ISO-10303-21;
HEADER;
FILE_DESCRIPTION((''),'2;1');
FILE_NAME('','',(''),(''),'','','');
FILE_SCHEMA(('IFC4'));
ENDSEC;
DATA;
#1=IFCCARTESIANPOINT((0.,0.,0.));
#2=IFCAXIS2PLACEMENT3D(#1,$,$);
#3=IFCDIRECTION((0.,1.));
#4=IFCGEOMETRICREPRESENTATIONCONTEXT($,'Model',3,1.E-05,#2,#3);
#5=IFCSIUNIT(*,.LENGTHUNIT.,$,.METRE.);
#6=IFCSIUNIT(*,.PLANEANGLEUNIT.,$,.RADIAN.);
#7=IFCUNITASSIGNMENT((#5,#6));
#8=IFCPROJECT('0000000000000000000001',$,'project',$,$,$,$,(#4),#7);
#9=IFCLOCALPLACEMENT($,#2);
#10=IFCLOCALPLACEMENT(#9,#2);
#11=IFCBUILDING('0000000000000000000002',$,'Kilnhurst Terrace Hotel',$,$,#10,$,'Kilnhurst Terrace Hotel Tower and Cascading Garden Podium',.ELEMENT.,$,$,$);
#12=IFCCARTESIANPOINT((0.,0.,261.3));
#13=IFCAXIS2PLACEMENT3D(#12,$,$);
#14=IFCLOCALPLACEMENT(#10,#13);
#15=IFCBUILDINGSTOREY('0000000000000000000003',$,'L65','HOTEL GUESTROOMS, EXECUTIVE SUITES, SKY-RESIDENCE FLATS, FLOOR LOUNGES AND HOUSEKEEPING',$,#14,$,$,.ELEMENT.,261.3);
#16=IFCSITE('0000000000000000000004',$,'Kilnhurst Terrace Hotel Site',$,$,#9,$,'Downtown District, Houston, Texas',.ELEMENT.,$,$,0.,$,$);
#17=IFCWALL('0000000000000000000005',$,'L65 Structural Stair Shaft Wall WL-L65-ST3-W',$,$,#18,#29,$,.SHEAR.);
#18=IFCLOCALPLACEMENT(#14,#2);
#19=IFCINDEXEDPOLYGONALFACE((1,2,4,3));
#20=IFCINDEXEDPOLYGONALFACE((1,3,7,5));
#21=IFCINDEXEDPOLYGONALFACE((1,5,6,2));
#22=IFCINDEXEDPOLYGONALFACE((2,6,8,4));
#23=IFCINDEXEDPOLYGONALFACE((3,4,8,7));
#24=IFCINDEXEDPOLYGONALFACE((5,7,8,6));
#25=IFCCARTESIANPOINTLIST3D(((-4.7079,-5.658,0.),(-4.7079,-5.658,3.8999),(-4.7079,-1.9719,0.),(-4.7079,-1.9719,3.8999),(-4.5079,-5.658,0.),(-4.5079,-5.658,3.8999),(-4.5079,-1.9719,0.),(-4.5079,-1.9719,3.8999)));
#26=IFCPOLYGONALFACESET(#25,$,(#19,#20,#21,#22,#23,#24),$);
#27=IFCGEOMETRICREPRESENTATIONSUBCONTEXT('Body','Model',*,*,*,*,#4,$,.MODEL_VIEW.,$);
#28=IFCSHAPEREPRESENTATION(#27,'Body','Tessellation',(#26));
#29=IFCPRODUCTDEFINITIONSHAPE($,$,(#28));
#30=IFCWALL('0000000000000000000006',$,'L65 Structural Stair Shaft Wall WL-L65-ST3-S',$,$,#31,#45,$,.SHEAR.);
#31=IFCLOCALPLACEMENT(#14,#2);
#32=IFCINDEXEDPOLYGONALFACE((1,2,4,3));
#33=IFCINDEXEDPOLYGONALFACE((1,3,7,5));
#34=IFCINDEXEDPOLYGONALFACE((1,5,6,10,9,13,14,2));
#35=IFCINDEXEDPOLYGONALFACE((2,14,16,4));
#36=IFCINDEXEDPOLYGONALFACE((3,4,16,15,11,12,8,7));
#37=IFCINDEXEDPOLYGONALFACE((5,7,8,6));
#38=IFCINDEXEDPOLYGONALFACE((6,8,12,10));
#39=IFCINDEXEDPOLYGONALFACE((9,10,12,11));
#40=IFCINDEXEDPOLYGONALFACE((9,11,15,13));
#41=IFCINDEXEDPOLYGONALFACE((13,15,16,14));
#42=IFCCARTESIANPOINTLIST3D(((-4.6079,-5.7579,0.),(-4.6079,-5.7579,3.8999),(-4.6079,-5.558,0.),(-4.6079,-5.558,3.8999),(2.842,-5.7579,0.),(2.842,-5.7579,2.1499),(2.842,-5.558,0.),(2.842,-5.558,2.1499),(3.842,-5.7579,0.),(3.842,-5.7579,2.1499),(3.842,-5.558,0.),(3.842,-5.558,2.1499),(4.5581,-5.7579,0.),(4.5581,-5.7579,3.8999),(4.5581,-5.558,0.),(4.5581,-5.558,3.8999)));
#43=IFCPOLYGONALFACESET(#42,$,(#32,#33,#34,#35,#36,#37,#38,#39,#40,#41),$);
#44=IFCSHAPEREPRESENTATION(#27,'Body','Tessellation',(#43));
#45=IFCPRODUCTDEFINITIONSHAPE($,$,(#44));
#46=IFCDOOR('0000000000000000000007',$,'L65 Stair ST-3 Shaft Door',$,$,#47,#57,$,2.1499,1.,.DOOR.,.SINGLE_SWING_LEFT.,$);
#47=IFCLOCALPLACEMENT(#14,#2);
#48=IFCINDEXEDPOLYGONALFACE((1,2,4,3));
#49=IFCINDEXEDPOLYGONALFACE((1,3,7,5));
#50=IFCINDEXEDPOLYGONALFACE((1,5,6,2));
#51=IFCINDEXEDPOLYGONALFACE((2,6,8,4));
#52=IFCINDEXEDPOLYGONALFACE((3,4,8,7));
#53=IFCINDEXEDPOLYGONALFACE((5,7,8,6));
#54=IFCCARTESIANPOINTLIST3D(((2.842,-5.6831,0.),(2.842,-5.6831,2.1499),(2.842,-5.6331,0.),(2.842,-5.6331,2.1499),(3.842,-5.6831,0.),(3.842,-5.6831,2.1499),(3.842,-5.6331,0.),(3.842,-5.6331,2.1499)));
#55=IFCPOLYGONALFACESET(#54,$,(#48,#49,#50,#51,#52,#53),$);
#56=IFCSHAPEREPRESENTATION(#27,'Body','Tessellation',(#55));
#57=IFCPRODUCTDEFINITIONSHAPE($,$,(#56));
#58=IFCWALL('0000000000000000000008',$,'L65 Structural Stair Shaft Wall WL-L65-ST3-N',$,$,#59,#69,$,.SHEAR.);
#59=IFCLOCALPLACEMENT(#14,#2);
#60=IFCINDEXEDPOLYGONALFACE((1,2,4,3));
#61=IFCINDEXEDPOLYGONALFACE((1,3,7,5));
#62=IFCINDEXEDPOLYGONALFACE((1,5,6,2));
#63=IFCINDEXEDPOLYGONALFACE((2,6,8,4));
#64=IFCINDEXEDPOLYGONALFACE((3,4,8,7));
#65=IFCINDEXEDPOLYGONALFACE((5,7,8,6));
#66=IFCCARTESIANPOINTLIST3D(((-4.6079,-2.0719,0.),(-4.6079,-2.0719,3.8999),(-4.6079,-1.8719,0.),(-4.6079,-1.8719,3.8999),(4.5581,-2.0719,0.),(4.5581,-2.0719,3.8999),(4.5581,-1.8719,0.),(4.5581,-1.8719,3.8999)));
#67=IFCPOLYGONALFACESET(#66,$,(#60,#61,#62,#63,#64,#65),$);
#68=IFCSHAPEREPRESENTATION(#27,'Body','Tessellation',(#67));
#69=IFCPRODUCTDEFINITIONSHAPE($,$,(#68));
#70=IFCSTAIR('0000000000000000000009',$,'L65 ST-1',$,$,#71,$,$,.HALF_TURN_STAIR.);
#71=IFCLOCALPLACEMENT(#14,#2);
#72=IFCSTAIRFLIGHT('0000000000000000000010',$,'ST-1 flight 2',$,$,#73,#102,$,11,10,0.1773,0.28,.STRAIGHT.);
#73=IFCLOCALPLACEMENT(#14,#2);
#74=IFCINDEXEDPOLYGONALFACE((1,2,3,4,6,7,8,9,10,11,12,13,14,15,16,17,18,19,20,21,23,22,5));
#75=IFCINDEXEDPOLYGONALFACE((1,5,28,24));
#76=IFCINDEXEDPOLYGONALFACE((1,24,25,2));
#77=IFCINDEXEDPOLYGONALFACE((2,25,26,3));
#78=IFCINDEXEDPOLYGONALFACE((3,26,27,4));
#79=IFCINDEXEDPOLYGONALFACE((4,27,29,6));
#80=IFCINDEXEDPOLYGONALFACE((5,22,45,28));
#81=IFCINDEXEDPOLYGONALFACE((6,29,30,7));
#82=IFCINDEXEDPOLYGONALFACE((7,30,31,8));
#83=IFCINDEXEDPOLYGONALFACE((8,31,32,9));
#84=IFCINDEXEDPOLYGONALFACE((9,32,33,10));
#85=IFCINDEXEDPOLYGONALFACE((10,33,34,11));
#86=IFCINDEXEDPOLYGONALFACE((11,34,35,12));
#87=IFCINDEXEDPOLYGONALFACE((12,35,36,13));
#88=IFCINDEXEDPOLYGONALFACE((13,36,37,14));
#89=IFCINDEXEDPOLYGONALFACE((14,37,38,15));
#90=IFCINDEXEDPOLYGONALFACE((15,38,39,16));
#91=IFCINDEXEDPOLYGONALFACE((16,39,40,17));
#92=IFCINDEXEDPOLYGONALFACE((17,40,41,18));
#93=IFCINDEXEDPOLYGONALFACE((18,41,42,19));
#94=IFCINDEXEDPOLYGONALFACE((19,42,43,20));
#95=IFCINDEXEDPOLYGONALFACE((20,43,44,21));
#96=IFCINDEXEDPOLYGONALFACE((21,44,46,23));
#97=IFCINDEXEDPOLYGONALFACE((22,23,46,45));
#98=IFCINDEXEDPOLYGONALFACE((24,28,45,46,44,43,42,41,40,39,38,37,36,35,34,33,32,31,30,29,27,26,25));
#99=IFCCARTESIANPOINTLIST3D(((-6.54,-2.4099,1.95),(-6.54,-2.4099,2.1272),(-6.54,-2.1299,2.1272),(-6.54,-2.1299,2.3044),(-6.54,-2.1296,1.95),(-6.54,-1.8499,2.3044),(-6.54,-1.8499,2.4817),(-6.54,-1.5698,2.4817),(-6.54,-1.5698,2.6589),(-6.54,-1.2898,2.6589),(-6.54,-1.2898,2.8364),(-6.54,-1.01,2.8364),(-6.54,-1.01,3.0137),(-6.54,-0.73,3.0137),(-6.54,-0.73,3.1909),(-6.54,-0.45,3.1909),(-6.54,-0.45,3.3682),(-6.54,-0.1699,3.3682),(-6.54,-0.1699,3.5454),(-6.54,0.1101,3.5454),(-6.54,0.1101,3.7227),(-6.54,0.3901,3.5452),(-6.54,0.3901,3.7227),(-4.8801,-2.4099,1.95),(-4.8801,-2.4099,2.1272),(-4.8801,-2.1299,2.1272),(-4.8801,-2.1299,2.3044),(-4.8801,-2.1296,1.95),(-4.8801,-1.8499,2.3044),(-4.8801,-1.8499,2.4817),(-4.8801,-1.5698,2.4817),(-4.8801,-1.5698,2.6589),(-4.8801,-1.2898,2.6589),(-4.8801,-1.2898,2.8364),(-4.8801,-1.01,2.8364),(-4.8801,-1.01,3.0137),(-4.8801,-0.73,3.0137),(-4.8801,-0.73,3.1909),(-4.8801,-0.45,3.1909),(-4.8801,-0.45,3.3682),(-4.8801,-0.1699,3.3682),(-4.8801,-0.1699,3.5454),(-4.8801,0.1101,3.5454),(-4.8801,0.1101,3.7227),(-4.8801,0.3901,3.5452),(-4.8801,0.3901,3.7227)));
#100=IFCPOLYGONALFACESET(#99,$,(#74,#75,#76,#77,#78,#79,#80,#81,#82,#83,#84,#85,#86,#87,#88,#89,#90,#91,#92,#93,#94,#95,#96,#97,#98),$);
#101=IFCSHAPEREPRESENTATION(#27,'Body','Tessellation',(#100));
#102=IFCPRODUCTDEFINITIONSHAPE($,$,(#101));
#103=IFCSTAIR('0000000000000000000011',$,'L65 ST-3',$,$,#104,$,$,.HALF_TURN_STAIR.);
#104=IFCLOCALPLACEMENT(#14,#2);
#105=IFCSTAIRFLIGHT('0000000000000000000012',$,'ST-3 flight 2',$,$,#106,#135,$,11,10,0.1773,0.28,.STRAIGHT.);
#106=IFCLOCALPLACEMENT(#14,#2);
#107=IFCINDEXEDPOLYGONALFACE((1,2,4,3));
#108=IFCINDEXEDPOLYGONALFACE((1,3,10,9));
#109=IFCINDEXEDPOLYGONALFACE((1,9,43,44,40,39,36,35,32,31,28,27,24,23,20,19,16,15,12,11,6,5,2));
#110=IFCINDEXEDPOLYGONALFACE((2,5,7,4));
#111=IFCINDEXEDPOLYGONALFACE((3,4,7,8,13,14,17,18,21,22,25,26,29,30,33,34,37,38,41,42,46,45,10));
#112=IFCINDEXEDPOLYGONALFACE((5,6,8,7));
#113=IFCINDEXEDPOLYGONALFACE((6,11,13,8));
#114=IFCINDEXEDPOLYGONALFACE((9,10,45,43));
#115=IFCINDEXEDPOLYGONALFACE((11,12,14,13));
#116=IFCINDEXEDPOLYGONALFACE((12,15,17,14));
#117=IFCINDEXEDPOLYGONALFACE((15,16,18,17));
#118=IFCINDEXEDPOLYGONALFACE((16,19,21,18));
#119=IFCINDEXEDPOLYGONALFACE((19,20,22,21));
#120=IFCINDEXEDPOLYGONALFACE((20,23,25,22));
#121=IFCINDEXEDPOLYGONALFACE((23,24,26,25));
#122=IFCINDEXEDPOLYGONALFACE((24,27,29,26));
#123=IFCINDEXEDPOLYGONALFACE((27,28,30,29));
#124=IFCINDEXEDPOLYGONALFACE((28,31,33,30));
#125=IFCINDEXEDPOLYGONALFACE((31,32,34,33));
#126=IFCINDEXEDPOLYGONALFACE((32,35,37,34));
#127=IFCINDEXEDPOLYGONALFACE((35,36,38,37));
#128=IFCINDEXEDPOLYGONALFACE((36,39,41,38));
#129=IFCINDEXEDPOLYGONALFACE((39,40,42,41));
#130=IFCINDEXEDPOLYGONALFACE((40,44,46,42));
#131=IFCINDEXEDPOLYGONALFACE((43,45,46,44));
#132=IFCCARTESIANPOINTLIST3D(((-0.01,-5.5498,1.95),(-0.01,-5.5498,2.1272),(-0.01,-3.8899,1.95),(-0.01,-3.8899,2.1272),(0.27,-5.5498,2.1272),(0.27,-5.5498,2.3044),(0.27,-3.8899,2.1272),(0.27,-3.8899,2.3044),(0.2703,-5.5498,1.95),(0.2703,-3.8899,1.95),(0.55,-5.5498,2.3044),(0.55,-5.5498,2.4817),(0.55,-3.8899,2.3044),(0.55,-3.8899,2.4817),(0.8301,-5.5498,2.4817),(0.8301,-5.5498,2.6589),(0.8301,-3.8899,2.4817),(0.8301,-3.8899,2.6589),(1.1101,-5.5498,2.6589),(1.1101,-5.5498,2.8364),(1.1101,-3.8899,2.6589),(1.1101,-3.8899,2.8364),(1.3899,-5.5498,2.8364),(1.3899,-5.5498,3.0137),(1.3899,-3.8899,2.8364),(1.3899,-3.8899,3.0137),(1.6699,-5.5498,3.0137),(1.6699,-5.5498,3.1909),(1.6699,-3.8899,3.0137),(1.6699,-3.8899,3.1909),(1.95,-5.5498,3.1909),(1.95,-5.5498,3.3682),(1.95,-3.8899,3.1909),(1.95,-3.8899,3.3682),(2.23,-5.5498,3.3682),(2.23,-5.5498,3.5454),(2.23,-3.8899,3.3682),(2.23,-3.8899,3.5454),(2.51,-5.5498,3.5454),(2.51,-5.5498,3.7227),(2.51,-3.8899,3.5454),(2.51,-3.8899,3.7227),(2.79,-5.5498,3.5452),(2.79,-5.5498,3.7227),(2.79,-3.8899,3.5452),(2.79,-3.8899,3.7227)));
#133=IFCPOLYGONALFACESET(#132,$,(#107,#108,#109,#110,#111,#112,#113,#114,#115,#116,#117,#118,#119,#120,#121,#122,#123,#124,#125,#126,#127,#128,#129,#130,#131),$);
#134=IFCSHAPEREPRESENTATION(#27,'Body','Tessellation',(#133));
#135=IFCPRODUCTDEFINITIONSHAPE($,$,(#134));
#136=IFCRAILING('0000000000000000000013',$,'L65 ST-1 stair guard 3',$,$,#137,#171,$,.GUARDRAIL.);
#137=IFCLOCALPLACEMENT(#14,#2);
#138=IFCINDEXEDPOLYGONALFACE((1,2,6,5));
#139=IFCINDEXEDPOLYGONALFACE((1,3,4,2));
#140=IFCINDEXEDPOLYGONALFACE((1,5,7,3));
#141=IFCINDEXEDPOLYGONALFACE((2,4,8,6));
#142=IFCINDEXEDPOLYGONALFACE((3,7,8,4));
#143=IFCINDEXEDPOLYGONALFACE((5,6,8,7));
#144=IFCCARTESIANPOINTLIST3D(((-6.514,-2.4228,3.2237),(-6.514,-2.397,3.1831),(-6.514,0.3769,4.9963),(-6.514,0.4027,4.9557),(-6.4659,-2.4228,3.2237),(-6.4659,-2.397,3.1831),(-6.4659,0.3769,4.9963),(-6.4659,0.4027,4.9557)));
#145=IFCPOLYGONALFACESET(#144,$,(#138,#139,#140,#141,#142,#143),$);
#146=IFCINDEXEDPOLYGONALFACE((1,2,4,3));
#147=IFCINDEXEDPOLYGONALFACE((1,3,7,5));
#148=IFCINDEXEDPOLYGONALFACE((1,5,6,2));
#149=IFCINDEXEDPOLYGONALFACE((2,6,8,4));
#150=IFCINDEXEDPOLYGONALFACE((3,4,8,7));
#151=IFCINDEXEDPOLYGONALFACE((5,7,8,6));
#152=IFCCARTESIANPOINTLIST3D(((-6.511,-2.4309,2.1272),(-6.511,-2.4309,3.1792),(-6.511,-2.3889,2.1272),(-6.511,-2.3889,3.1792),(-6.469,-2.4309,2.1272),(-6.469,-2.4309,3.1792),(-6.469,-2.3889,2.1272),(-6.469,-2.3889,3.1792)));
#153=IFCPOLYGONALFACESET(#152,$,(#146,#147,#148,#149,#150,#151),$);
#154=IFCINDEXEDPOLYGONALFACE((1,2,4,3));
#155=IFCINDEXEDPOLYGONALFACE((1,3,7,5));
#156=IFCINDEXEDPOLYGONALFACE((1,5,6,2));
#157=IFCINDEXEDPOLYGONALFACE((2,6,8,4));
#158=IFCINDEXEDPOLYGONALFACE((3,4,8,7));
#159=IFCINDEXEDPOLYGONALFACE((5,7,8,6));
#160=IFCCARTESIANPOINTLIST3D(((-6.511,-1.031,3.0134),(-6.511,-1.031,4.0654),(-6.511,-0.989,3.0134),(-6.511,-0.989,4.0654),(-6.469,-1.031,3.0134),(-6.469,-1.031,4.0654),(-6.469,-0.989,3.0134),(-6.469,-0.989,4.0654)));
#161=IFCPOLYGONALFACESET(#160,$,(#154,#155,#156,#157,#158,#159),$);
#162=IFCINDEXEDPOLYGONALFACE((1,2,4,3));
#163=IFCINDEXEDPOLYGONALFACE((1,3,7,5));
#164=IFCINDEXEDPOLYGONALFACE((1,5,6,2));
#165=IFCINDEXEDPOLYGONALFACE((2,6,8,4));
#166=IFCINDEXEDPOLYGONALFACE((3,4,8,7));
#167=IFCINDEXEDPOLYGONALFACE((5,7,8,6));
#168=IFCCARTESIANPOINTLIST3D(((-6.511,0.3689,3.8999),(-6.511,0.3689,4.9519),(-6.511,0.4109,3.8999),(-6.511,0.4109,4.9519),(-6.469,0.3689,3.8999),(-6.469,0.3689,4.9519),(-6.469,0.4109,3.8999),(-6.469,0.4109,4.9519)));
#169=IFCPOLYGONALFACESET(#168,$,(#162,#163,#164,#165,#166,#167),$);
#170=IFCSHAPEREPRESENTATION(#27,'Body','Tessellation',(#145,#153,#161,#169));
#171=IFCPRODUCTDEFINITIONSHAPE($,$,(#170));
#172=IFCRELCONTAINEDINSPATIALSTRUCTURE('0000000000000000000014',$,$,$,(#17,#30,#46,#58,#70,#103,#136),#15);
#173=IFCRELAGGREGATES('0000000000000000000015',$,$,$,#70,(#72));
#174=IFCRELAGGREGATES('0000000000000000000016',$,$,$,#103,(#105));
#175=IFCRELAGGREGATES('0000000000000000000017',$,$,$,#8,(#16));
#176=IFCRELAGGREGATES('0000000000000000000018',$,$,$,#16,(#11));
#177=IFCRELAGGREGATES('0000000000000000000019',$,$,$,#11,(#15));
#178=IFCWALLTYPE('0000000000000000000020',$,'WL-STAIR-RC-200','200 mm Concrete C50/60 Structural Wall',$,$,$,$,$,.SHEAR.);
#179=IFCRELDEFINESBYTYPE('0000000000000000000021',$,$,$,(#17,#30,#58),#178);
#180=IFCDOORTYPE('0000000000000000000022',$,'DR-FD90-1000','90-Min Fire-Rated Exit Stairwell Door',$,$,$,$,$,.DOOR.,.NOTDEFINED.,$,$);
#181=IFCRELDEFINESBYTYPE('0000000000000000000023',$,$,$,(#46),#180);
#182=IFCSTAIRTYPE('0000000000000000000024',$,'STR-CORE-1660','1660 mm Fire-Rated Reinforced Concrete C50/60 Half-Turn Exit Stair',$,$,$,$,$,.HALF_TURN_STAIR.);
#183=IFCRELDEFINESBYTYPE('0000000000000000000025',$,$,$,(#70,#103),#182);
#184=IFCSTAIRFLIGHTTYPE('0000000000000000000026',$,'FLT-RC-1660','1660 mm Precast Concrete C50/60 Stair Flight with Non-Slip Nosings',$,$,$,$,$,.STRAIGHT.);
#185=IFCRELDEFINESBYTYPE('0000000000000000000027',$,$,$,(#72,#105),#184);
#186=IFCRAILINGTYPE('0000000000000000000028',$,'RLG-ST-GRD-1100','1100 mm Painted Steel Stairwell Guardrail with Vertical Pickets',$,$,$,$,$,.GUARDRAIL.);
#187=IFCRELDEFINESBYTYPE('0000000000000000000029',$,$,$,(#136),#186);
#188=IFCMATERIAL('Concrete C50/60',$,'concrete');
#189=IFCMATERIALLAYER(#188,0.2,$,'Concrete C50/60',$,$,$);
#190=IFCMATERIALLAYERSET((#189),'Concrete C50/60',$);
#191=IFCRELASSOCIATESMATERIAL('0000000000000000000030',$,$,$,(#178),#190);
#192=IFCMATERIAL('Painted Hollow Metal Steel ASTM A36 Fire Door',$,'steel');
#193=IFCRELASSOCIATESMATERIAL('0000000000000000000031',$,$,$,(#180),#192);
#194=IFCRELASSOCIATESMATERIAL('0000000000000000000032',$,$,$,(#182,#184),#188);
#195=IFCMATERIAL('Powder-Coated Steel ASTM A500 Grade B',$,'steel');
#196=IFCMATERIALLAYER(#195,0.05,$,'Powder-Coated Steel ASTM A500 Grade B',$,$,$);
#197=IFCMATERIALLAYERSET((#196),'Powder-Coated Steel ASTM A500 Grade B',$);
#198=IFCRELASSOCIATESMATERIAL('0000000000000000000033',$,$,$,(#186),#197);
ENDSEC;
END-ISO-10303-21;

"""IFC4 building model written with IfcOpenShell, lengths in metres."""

from ifc_helpers import new_model, si_unit, direction, frame, frame_2d, origin, origin_2d, place, context, subcontext, project, spatial, polyline, rectangle, outline, extrude, material, layer, layer_set, type_object, element, fill, aggregate, save


model = new_model("IFC4")

# Units and contexts
model_context = context("Model", 3, precision=1e-05, world=origin(), true_north=direction((0.0, 1.0)))
body_context = subcontext(model_context, "Body", "Model", "MODEL_VIEW")
ifc_project = project(units=[si_unit("LENGTHUNIT", "METRE"), si_unit("PLANEANGLEUNIT", "RADIAN")], contexts=[model_context])

# Site, building, storey
site_placement = place(None, origin())
site = spatial("IfcSite", under=ifc_project, at=site_placement, Name="Kilnhurst Terrace Hotel Site", LongName="Downtown District, Houston, Texas", CompositionType="ELEMENT", RefElevation=0.0)
building_placement = place(site_placement, origin())
building = spatial("IfcBuilding", under=site, at=building_placement, Name="Kilnhurst Terrace Hotel", LongName="Kilnhurst Terrace Hotel Tower and Cascading Garden Podium", CompositionType="ELEMENT")
storey_placement = place(building_placement, frame((0.0, 0.0, 261.3)))
storey = spatial("IfcBuildingStorey", under=building, at=storey_placement, Name="L65", Description="HOTEL GUESTROOMS, EXECUTIVE SUITES, SKY-RESIDENCE FLATS, FLOOR LOUNGES AND HOUSEKEEPING", CompositionType="ELEMENT", Elevation=261.3)

# Wall
ifc_material_1 = material(Name="Concrete C50/60", Category="concrete")
ifc_layer_1 = layer(ifc_material_1, 0.2, Name="Concrete C50/60")
ifc_layer_set_1 = layer_set([ifc_layer_1], Name="Concrete C50/60")
wall_type_1 = type_object("IfcWallType", Name="WL-STAIR-RC-200", Description="200 mm Concrete C50/60 Structural Wall", PredefinedType="SHEAR", material=ifc_layer_set_1)
wall_1_placement = place(storey_placement, frame((-4.6079, -5.658, 0.0), z_axis=(0.0, 0.0, 1.0), x_axis=(0.0, 1.0, 0.0)))
element("IfcWall", 1, at=wall_1_placement, inside=storey, type_object=wall_type_1, Name="L65 Structural Stair Shaft Wall WL-L65-ST3-W", PredefinedType="SHEAR", context=body_context, shape_type="SweptSolid", body=[
    extrude(rectangle(XDim=3.686, YDim=0.2, at=frame_2d((1.843, 0.0))), origin(), (0.0, 0.0, 1.0), 3.8999),
])

# Wall, opening, door
wall_2_placement = place(storey_placement, frame((-4.6079, -5.658, 0.0), z_axis=(0.0, 0.0, 1.0), x_axis=(1.0, 0.0, 0.0)))
wall_2 = element("IfcWall", 2, at=wall_2_placement, inside=storey, type_object=wall_type_1, Name="L65 Structural Stair Shaft Wall WL-L65-ST3-S", PredefinedType="SHEAR", context=body_context, shape_type="SweptSolid", body=[
    extrude(rectangle(XDim=9.166, YDim=0.2, at=frame_2d((4.583, 0.0))), origin(), (0.0, 0.0, 1.0), 3.8999),
])
opening_1_placement = place(wall_2_placement, frame((7.45, 0.0, 0.0)))
opening_1 = element("IfcOpeningElement", 3, at=opening_1_placement, cuts=wall_2, PredefinedType="OPENING", context=body_context, shape_type="SweptSolid", body=[
    extrude(rectangle(XDim=1.0, YDim=2.1499, at=frame_2d((0.5, 1.075))), frame((0.0, 0.1099, 0.0), z_axis=(0.0, -1.0, 0.0), x_axis=(1.0, 0.0, 0.0)), (0.0, 0.0, 1.0), 0.22),
])
ifc_material_2 = material(Name="Painted Hollow Metal Steel ASTM A36 Fire Door", Category="steel")
door_type_1 = type_object("IfcDoorType", Name="DR-FD90-1000", Description="90-Min Fire-Rated Exit Stairwell Door", OperationType="NOTDEFINED", PredefinedType="DOOR", material=ifc_material_2)
door_1_placement = place(opening_1_placement, origin())
door_1 = element("IfcDoor", 4, at=door_1_placement, inside=storey, type_object=door_type_1, Name="L65 Stair ST-3 Shaft Door", OperationType="SINGLE_SWING_LEFT", OverallHeight=2.1499, OverallWidth=1.0, PredefinedType="DOOR", context=body_context, shape_type="SweptSolid", body=[
    extrude(rectangle(XDim=1.0, YDim=2.1499, at=frame_2d((0.5, 1.075))), frame((0.0, 0.0249, 0.0), z_axis=(0.0, -1.0, 0.0), x_axis=(1.0, 0.0, 0.0)), (0.0, 0.0, 1.0), 0.05),
])
fill(opening_1, door_1)

# Wall
wall_3_placement = place(storey_placement, frame((-4.6079, -1.9719, 0.0), z_axis=(0.0, 0.0, 1.0), x_axis=(1.0, 0.0, 0.0)))
element("IfcWall", 5, at=wall_3_placement, inside=storey, type_object=wall_type_1, Name="L65 Structural Stair Shaft Wall WL-L65-ST3-N", PredefinedType="SHEAR", context=body_context, shape_type="SweptSolid", body=[
    extrude(rectangle(XDim=9.166, YDim=0.2, at=frame_2d((4.583, 0.0))), origin(), (0.0, 0.0, 1.0), 3.8999),
])

# Stairs, stair flights
stair_type = type_object("IfcStairType", Name="STR-CORE-1660", Description="1660 mm Fire-Rated Reinforced Concrete C50/60 Half-Turn Exit Stair", PredefinedType="HALF_TURN_STAIR", material=ifc_material_1)
stair_1_placement = place(storey_placement, origin())
stair_1 = element("IfcStair", 6, at=stair_1_placement, inside=storey, type_object=stair_type, Name="L65 ST-1", PredefinedType="HALF_TURN_STAIR")
stair_flight_type = type_object("IfcStairFlightType", Name="FLT-RC-1660", Description="1660 mm Precast Concrete C50/60 Stair Flight with Non-Slip Nosings", PredefinedType="STRAIGHT", material=ifc_material_1)
stair_flight_1_placement = place(storey_placement, frame((-5.71, -2.4099, 1.95), z_axis=(0.0, 0.0, 1.0), x_axis=(0.0, 1.0, 0.0)))
stair_flight_1 = element("IfcStairFlight", 7, at=stair_flight_1_placement, type_object=stair_flight_type, Name="ST-1 flight 2", NumberOfRisers=11, NumberOfTreads=10, PredefinedType="STRAIGHT", RiserHeight=0.1773, TreadLength=0.28, context=body_context, shape_type="SweptSolid", body=[
    extrude(outline(polyline([(0.0, 0.0), (0.0, 0.1772), (0.28, 0.1772), (0.28, 0.3545), (0.5601, 0.3545), (0.5601, 0.5317), (0.8401, 0.5317), (0.8401, 0.709), (1.1201, 0.709), (1.1201, 0.8865), (1.3999, 0.8865), (1.3999, 1.0637), (1.6799, 1.0637), (1.6799, 1.241), (1.96, 1.241), (1.96, 1.4182), (2.24, 1.4182), (2.24, 1.5955), (2.52, 1.5955), (2.52, 1.7727), (2.8, 1.7727), (2.8, 1.95), (2.8, 1.5952), (0.2803, 0.0), (0.0, 0.0)])), frame((0.0, 0.8301, 0.0), z_axis=(0.0, -1.0, 0.0), x_axis=(1.0, 0.0, 0.0)), (0.0, 0.0, 1.0), 1.6599),
])
aggregate(stair_1, [stair_flight_1])
stair_2_placement = place(storey_placement, origin())
stair_2 = element("IfcStair", 8, at=stair_2_placement, inside=storey, type_object=stair_type, Name="L65 ST-3", PredefinedType="HALF_TURN_STAIR")
stair_flight_2_placement = place(storey_placement, frame((-0.01, -4.72, 1.95), z_axis=(0.0, 0.0, 1.0), x_axis=(1.0, 0.0, 0.0)))
stair_flight_2 = element("IfcStairFlight", 9, at=stair_flight_2_placement, type_object=stair_flight_type, Name="ST-3 flight 2", NumberOfRisers=11, NumberOfTreads=10, PredefinedType="STRAIGHT", RiserHeight=0.1773, TreadLength=0.28, context=body_context, shape_type="SweptSolid", body=[
    extrude(outline(polyline([(0.0, 0.0), (0.0, 0.1772), (0.28, 0.1772), (0.28, 0.3545), (0.5601, 0.3545), (0.5601, 0.5317), (0.8401, 0.5317), (0.8401, 0.709), (1.1201, 0.709), (1.1201, 0.8865), (1.3999, 0.8865), (1.3999, 1.0637), (1.6799, 1.0637), (1.6799, 1.241), (1.96, 1.241), (1.96, 1.4182), (2.24, 1.4182), (2.24, 1.5955), (2.52, 1.5955), (2.52, 1.7727), (2.8, 1.7727), (2.8, 1.95), (2.8, 1.5952), (0.2803, 0.0), (0.0, 0.0)])), frame((0.0, 0.8301, 0.0), z_axis=(0.0, -1.0, 0.0), x_axis=(1.0, 0.0, 0.0)), (0.0, 0.0, 1.0), 1.6599),
])
aggregate(stair_2, [stair_flight_2])

# Railing
ifc_material_3 = material(Name="Powder-Coated Steel ASTM A500 Grade B", Category="steel")
ifc_layer_2 = layer(ifc_material_3, 0.05, Name="Powder-Coated Steel ASTM A500 Grade B")
ifc_layer_set_2 = layer_set([ifc_layer_2], Name="Powder-Coated Steel ASTM A500 Grade B")
railing_type_1 = type_object("IfcRailingType", Name="RLG-ST-GRD-1100", Description="1100 mm Painted Steel Stairwell Guardrail with Vertical Pickets", PredefinedType="GUARDRAIL", material=ifc_layer_set_2)
railing_1_placement = place(storey_placement, frame((-6.49, -2.4099, 2.1272)))
element("IfcRailing", 10, at=railing_1_placement, inside=storey, type_object=railing_type_1, Name="L65 ST-1 stair guard 3", PredefinedType="GUARDRAIL", context=body_context, shape_type="SweptSolid", body=[
    extrude(rectangle(XDim=0.0481, YDim=0.0481, at=origin_2d()), frame((0.0, 0.0, 1.0762), z_axis=(0.0, 0.844888, 0.534943), x_axis=(-1.0, 0.0, 0.0)), (0.0, 0.0, 1.0), 3.3137),
    extrude(rectangle(XDim=0.042, YDim=0.042, at=origin_2d()), origin(), (0.0, 0.0, 1.0), 1.052),
    extrude(rectangle(XDim=0.042, YDim=0.042, at=origin_2d()), frame((0.0, 1.3999, 0.8862)), (0.0, 0.0, 1.0), 1.052),
    extrude(rectangle(XDim=0.042, YDim=0.042, at=origin_2d()), frame((0.0, 2.7998, 1.7727)), (0.0, 0.0, 1.0), 1.052),
])

save(model, "model.ifc")
